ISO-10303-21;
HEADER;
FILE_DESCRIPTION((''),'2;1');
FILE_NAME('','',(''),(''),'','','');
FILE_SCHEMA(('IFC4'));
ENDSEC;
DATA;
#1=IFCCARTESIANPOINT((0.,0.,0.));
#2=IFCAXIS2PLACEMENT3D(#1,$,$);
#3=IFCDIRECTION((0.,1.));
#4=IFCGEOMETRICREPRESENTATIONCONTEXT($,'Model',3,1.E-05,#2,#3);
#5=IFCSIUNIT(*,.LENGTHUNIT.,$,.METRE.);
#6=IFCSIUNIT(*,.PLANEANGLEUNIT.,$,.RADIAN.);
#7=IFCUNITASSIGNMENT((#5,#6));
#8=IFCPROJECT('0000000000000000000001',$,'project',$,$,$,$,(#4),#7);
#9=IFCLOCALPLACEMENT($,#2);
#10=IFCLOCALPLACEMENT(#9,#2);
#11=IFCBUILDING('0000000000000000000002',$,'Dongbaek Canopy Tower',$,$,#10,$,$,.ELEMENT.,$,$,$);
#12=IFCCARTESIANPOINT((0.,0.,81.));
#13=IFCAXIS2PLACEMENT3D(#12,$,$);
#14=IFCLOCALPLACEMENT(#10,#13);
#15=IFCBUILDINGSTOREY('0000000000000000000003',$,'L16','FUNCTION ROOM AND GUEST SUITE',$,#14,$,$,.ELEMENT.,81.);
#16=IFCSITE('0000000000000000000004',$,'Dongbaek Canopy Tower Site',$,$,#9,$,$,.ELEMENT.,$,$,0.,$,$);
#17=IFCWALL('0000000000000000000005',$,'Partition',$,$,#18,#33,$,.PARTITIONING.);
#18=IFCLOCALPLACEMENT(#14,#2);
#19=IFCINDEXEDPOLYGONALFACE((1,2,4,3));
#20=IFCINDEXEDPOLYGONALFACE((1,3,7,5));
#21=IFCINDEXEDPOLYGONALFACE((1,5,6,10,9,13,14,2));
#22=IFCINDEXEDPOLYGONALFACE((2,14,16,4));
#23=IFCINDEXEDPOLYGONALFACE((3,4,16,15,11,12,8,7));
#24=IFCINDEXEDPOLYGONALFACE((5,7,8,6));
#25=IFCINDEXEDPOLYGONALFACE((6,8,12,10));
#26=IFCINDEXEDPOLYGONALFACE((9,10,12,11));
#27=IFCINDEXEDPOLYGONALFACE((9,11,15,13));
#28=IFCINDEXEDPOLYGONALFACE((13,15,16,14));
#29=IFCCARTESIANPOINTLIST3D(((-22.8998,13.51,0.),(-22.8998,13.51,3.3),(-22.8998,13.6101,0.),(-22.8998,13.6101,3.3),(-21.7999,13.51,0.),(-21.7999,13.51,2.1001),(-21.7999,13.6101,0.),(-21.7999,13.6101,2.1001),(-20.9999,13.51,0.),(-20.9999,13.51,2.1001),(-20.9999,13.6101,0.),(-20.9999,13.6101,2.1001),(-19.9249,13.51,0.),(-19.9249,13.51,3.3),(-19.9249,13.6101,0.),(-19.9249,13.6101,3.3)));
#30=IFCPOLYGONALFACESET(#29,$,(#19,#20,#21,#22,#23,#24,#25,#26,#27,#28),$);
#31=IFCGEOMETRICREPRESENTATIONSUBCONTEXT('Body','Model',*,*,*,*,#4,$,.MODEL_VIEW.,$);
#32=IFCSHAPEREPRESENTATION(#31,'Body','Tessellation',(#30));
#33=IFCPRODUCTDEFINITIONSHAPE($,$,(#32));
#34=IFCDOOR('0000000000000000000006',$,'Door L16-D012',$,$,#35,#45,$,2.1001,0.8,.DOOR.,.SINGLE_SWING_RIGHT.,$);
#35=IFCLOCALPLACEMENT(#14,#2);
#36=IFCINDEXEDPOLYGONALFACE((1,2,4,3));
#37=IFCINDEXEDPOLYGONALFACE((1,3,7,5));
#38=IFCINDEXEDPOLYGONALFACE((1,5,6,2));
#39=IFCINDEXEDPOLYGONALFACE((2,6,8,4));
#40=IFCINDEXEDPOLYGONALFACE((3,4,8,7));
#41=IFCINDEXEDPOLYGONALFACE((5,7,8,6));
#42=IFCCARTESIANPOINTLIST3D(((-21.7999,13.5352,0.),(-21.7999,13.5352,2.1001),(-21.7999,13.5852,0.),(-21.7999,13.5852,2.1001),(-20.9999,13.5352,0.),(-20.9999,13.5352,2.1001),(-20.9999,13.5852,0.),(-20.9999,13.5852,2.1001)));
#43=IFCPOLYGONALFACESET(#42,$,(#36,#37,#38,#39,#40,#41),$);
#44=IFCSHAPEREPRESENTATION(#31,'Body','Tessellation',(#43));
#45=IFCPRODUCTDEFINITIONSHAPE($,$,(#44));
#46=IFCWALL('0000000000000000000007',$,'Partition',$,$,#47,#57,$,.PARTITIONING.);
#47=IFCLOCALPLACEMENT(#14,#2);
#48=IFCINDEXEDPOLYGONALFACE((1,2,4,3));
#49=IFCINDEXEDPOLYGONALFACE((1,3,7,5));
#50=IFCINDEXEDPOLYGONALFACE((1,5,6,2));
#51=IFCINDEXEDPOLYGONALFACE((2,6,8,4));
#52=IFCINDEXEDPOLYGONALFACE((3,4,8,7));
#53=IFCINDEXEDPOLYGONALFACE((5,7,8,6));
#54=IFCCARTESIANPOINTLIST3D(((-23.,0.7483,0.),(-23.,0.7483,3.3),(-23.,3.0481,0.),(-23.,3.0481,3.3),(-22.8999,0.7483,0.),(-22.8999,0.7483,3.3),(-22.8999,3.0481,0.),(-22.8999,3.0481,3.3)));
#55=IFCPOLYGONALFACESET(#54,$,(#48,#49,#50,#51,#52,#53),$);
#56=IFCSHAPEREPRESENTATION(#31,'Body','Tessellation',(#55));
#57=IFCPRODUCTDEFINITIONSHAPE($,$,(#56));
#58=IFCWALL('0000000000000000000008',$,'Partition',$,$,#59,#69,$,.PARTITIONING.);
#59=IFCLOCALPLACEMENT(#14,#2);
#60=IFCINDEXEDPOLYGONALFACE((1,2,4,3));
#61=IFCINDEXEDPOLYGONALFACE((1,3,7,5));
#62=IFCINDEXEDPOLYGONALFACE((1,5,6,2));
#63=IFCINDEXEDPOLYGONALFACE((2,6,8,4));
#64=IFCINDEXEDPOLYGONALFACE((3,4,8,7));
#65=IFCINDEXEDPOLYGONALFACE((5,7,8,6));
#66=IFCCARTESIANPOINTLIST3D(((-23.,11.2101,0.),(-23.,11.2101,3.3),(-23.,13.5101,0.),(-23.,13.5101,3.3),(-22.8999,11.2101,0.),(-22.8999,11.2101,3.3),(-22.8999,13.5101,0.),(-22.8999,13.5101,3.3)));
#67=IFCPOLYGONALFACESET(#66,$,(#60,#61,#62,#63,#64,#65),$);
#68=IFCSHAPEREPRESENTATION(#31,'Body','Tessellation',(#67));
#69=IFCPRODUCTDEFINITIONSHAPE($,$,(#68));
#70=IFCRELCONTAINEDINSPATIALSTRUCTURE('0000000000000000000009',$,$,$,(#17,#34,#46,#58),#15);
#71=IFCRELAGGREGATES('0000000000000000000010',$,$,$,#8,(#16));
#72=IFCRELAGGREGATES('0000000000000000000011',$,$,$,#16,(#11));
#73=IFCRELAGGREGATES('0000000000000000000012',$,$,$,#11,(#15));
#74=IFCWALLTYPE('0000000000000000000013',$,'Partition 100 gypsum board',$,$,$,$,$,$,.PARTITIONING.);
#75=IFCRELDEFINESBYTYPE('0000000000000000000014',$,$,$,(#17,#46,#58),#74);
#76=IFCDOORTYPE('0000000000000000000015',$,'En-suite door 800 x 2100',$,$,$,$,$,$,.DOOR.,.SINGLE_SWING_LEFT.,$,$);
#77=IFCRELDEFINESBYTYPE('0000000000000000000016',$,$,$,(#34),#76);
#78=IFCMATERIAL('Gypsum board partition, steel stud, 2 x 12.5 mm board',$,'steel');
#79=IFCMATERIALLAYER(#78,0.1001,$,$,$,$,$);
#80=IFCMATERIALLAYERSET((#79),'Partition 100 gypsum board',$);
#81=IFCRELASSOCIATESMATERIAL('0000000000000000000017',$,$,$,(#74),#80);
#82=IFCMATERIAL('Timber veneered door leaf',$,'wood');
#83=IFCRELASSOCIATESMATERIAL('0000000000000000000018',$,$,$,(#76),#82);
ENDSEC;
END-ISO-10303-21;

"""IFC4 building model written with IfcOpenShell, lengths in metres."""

from ifc_helpers import new_model, si_unit, direction, frame, frame_2d, origin, place, context, subcontext, project, spatial, rectangle, extrude, material, layer, layer_set, type_object, element, fill, save


model = new_model("IFC4")

# Units and contexts
model_context = context("Model", 3, precision=1e-05, world=origin(), true_north=direction((0.0, 1.0)))
body_context = subcontext(model_context, "Body", "Model", "MODEL_VIEW")
ifc_project = project(units=[si_unit("LENGTHUNIT", "METRE"), si_unit("PLANEANGLEUNIT", "RADIAN")], contexts=[model_context])

# Site, building, storey
site_placement = place(None, origin())
site = spatial("IfcSite", under=ifc_project, at=site_placement, Name="Dongbaek Canopy Tower Site", CompositionType="ELEMENT", RefElevation=0.0)
building_placement = place(site_placement, origin())
building = spatial("IfcBuilding", under=site, at=building_placement, Name="Dongbaek Canopy Tower", CompositionType="ELEMENT")
storey_placement = place(building_placement, frame((0.0, 0.0, 81.0)))
storey = spatial("IfcBuildingStorey", under=building, at=storey_placement, Name="L16", Description="FUNCTION ROOM AND GUEST SUITE", CompositionType="ELEMENT", Elevation=81.0)

# Shared definitions
ifc_material_1 = material(Name="Gypsum board partition, steel stud, 2 x 12.5 mm board", Category="steel")
ifc_layer_1 = layer(ifc_material_1, 0.1001)
ifc_layer_set_1 = layer_set([ifc_layer_1], Name="Partition 100 gypsum board")
wall_type_1 = type_object("IfcWallType", Name="Partition 100 gypsum board", PredefinedType="PARTITIONING", material=ifc_layer_set_1)
ifc_material_2 = material(Name="Timber veneered door leaf", Category="wood")
door_type_1 = type_object("IfcDoorType", Name="En-suite door 800 x 2100", OperationType="SINGLE_SWING_LEFT", PredefinedType="DOOR", material=ifc_material_2)

# Wall, opening, door
wall_1_placement = place(storey_placement, frame((-19.925, 13.5601, 0.0), z_axis=(0.0, 0.0, 1.0), x_axis=(-1.0, 0.0, 0.0)))
wall_1 = element("IfcWall", 1, at=wall_1_placement, inside=storey, type_object=wall_type_1, Name="Partition", PredefinedType="PARTITIONING", context=body_context, shape_type="SweptSolid", body=[
    extrude(rectangle(XDim=2.9749, YDim=0.1001, at=frame_2d((1.4873, 0.0))), origin(), (0.0, 0.0, 1.0), 3.3),
])
opening_1_placement = place(wall_1_placement, frame((1.075, 0.0, 0.0)))
opening_1 = element("IfcOpeningElement", 2, at=opening_1_placement, cuts=wall_1, PredefinedType="OPENING", context=body_context, shape_type="SweptSolid", body=[
    extrude(rectangle(XDim=0.8, YDim=2.1001, at=frame_2d((0.3999, 1.05))), frame((0.0, 0.0601, 0.0), z_axis=(0.0, -1.0, 0.0), x_axis=(1.0, 0.0, 0.0)), (0.0, 0.0, 1.0), 0.1201),
])
door_1_placement = place(opening_1_placement, origin())
door_1 = element("IfcDoor", 3, at=door_1_placement, inside=storey, type_object=door_type_1, Name="Door L16-D012", OperationType="SINGLE_SWING_RIGHT", OverallHeight=2.1001, OverallWidth=0.8, PredefinedType="DOOR", context=body_context, shape_type="SweptSolid", body=[
    extrude(rectangle(XDim=0.8, YDim=2.1001, at=frame_2d((0.3999, 1.05))), frame((0.0, 0.0249, 0.0), z_axis=(0.0, -1.0, 0.0), x_axis=(1.0, 0.0, 0.0)), (0.0, 0.0, 1.0), 0.05),
])
fill(opening_1, door_1)

# Walls
wall_2_placement = place(storey_placement, frame((-22.95, 0.7483, 0.0), z_axis=(0.0, 0.0, 1.0), x_axis=(0.0, 1.0, 0.0)))
element("IfcWall", 4, at=wall_2_placement, inside=storey, type_object=wall_type_1, Name="Partition", PredefinedType="PARTITIONING", context=body_context, shape_type="SweptSolid", body=[
    extrude(rectangle(XDim=2.2998, YDim=0.1001, at=frame_2d((1.1499, 0.0))), origin(), (0.0, 0.0, 1.0), 3.3),
])
wall_3_placement = place(storey_placement, frame((-22.95, 11.2102, 0.0), z_axis=(0.0, 0.0, 1.0), x_axis=(0.0, 1.0, 0.0)))
element("IfcWall", 5, at=wall_3_placement, inside=storey, type_object=wall_type_1, Name="Partition", PredefinedType="PARTITIONING", context=body_context, shape_type="SweptSolid", body=[
    extrude(rectangle(XDim=2.3, YDim=0.1001, at=frame_2d((1.1499, 0.0))), origin(), (0.0, 0.0, 1.0), 3.3),
])

save(model, "model.ifc")
